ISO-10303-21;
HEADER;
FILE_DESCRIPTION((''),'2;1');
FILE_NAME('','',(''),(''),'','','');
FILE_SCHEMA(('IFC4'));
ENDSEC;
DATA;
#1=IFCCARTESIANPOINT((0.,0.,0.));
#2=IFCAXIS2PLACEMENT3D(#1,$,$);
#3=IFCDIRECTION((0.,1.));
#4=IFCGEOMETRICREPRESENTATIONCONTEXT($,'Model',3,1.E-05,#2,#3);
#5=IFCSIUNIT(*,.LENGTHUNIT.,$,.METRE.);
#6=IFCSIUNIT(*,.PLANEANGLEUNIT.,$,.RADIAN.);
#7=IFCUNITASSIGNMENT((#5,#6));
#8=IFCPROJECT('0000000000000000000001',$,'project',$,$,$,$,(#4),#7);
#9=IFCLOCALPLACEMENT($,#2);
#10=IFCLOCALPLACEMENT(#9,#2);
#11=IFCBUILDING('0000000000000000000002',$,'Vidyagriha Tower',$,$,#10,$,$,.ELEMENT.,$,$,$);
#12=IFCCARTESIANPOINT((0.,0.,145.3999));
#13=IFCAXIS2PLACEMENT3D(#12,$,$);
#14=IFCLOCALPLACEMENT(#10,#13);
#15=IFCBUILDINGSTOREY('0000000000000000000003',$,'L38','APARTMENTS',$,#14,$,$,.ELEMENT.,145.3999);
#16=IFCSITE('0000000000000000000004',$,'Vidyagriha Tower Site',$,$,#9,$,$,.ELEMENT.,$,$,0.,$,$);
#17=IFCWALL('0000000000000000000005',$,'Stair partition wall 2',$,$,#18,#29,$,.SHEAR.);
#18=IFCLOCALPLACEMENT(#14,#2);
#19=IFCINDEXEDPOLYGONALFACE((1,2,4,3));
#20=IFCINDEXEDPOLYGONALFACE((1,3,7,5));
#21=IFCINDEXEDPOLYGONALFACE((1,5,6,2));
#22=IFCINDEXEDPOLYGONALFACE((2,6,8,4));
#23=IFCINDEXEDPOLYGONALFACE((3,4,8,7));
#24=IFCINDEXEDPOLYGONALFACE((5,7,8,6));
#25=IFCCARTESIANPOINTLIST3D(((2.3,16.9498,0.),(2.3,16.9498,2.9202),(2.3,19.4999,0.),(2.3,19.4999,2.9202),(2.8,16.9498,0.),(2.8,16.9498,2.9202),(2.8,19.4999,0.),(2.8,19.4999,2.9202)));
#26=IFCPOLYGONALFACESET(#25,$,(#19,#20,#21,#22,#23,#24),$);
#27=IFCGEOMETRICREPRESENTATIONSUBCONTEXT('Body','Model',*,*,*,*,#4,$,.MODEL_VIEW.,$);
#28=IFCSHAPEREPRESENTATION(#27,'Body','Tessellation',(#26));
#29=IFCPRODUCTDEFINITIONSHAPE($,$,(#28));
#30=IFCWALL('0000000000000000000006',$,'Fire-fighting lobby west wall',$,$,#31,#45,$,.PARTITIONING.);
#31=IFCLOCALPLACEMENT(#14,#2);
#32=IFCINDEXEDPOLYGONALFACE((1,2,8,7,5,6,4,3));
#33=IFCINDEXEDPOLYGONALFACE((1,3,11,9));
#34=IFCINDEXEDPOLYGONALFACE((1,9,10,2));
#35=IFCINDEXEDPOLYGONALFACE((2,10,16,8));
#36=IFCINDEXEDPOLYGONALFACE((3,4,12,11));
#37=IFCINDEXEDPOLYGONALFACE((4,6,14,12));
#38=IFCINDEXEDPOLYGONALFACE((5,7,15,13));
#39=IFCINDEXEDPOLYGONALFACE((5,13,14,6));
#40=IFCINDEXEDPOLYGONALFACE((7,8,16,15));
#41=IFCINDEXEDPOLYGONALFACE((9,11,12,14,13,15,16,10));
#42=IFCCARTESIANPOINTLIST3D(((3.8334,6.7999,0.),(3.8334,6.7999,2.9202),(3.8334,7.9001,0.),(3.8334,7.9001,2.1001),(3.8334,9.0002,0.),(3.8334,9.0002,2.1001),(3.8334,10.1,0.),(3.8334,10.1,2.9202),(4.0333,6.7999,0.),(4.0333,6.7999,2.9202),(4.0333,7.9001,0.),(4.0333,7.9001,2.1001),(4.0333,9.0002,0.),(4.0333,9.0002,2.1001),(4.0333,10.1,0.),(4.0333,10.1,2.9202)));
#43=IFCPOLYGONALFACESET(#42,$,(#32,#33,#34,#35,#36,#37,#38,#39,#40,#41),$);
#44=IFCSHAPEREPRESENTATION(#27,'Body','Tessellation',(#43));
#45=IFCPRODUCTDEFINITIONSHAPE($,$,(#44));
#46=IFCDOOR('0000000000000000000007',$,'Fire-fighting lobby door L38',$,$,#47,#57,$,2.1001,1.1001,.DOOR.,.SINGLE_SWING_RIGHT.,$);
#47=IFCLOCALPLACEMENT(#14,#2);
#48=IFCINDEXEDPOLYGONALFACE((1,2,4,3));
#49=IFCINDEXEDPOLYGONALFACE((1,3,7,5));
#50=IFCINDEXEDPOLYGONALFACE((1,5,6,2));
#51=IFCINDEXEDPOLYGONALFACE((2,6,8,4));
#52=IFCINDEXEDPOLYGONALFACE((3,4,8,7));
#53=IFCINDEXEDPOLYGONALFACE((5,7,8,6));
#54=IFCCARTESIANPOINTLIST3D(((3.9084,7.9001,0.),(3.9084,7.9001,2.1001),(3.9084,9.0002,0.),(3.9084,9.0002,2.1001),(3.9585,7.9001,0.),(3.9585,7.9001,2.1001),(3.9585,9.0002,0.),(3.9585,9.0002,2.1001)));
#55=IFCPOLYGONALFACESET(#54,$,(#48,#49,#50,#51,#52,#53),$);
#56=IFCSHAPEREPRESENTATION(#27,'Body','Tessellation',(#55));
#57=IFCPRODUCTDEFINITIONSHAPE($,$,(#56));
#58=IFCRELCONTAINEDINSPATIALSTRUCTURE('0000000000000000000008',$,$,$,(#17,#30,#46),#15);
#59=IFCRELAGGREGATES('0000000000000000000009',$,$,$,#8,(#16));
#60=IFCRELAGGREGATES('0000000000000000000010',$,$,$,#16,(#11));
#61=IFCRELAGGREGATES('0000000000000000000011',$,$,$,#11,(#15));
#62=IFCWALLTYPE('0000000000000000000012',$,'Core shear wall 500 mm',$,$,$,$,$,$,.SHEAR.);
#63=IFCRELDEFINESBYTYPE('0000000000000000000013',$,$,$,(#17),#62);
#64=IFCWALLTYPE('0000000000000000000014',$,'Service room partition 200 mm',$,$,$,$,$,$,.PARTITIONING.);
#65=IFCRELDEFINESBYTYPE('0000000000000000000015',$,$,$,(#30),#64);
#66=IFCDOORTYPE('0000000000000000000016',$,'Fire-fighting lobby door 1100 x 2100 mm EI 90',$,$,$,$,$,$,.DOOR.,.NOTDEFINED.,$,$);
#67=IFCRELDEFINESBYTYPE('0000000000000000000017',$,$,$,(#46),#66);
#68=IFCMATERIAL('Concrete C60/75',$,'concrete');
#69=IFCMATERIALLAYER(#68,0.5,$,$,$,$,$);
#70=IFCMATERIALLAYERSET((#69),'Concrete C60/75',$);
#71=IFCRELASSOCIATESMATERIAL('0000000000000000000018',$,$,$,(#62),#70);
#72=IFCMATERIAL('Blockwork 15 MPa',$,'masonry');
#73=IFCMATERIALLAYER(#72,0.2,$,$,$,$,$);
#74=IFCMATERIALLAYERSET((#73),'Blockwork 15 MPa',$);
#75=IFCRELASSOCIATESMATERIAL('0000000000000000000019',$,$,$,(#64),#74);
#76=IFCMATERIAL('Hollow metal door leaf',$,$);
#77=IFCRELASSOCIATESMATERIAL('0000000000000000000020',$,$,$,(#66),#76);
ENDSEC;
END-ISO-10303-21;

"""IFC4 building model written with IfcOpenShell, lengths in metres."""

from ifc_helpers import new_model, si_unit, direction, frame, frame_2d, origin, place, context, subcontext, project, spatial, rectangle, extrude, material, layer, layer_set, type_object, element, fill, save


model = new_model("IFC4")

# Units and contexts
model_context = context("Model", 3, precision=1e-05, world=origin(), true_north=direction((0.0, 1.0)))
body_context = subcontext(model_context, "Body", "Model", "MODEL_VIEW")
ifc_project = project(units=[si_unit("LENGTHUNIT", "METRE"), si_unit("PLANEANGLEUNIT", "RADIAN")], contexts=[model_context])

# Site, building, storey
site_placement = place(None, origin())
site = spatial("IfcSite", under=ifc_project, at=site_placement, Name="Vidyagriha Tower Site", CompositionType="ELEMENT", RefElevation=0.0)
building_placement = place(site_placement, origin())
building = spatial("IfcBuilding", under=site, at=building_placement, Name="Vidyagriha Tower", CompositionType="ELEMENT")
storey_placement = place(building_placement, frame((0.0, 0.0, 145.3999)))
storey = spatial("IfcBuildingStorey", under=building, at=storey_placement, Name="L38", Description="APARTMENTS", CompositionType="ELEMENT", Elevation=145.3999)

# Wall
ifc_material_1 = material(Name="Concrete C60/75", Category="concrete")
ifc_layer_1 = layer(ifc_material_1, 0.5)
ifc_layer_set_1 = layer_set([ifc_layer_1], Name="Concrete C60/75")
wall_type_1 = type_object("IfcWallType", Name="Core shear wall 500 mm", PredefinedType="SHEAR", material=ifc_layer_set_1)
wall_1_placement = place(storey_placement, frame((2.55, 16.95, 0.0), z_axis=(0.0, 0.0, 1.0), x_axis=(0.0, 1.0, 0.0)))
element("IfcWall", 1, at=wall_1_placement, inside=storey, type_object=wall_type_1, Name="Stair partition wall 2", PredefinedType="SHEAR", context=body_context, shape_type="SweptSolid", body=[
    extrude(rectangle(XDim=2.55, YDim=0.5, at=frame_2d((1.2749, 0.0))), origin(), (0.0, 0.0, 1.0), 2.9202),
])

# Wall, opening, door
ifc_material_2 = material(Name="Blockwork 15 MPa", Category="masonry")
ifc_layer_2 = layer(ifc_material_2, 0.2)
ifc_layer_set_2 = layer_set([ifc_layer_2], Name="Blockwork 15 MPa")
wall_type_2 = type_object("IfcWallType", Name="Service room partition 200 mm", PredefinedType="PARTITIONING", material=ifc_layer_set_2)
wall_2_placement = place(storey_placement, frame((3.9333, 6.8, 0.0), z_axis=(0.0, 0.0, 1.0), x_axis=(0.0, 1.0, 0.0)))
wall_2 = element("IfcWall", 2, at=wall_2_placement, inside=storey, type_object=wall_type_2, Name="Fire-fighting lobby west wall", PredefinedType="PARTITIONING", context=body_context, shape_type="SweptSolid", body=[
    extrude(rectangle(XDim=3.3, YDim=0.2, at=frame_2d((1.6499, 0.0))), origin(), (0.0, 0.0, 1.0), 2.9202),
])
opening_1_placement = place(wall_2_placement, frame((1.1001, 0.0, 0.0)))
opening_1 = element("IfcOpeningElement", 3, at=opening_1_placement, cuts=wall_2, PredefinedType="OPENING", context=body_context, shape_type="SweptSolid", body=[
    extrude(rectangle(XDim=1.1001, YDim=2.1001, at=frame_2d((0.55, 1.05))), frame((0.0, 0.1099, 0.0), z_axis=(0.0, -1.0, 0.0), x_axis=(1.0, 0.0, 0.0)), (0.0, 0.0, 1.0), 0.22),
])
ifc_material_3 = material(Name="Hollow metal door leaf")
door_type_1 = type_object("IfcDoorType", Name="Fire-fighting lobby door 1100 x 2100 mm EI 90", OperationType="NOTDEFINED", PredefinedType="DOOR", material=ifc_material_3)
door_1_placement = place(opening_1_placement, origin())
door_1 = element("IfcDoor", 4, at=door_1_placement, inside=storey, type_object=door_type_1, Name="Fire-fighting lobby door L38", OperationType="SINGLE_SWING_RIGHT", OverallHeight=2.1001, OverallWidth=1.1001, PredefinedType="DOOR", context=body_context, shape_type="SweptSolid", body=[
    extrude(rectangle(XDim=1.1001, YDim=2.1001, at=frame_2d((0.55, 1.05))), frame((0.0, 0.0249, 0.0), z_axis=(0.0, -1.0, 0.0), x_axis=(1.0, 0.0, 0.0)), (0.0, 0.0, 1.0), 0.05),
])
fill(opening_1, door_1)

save(model, "model.ifc")
